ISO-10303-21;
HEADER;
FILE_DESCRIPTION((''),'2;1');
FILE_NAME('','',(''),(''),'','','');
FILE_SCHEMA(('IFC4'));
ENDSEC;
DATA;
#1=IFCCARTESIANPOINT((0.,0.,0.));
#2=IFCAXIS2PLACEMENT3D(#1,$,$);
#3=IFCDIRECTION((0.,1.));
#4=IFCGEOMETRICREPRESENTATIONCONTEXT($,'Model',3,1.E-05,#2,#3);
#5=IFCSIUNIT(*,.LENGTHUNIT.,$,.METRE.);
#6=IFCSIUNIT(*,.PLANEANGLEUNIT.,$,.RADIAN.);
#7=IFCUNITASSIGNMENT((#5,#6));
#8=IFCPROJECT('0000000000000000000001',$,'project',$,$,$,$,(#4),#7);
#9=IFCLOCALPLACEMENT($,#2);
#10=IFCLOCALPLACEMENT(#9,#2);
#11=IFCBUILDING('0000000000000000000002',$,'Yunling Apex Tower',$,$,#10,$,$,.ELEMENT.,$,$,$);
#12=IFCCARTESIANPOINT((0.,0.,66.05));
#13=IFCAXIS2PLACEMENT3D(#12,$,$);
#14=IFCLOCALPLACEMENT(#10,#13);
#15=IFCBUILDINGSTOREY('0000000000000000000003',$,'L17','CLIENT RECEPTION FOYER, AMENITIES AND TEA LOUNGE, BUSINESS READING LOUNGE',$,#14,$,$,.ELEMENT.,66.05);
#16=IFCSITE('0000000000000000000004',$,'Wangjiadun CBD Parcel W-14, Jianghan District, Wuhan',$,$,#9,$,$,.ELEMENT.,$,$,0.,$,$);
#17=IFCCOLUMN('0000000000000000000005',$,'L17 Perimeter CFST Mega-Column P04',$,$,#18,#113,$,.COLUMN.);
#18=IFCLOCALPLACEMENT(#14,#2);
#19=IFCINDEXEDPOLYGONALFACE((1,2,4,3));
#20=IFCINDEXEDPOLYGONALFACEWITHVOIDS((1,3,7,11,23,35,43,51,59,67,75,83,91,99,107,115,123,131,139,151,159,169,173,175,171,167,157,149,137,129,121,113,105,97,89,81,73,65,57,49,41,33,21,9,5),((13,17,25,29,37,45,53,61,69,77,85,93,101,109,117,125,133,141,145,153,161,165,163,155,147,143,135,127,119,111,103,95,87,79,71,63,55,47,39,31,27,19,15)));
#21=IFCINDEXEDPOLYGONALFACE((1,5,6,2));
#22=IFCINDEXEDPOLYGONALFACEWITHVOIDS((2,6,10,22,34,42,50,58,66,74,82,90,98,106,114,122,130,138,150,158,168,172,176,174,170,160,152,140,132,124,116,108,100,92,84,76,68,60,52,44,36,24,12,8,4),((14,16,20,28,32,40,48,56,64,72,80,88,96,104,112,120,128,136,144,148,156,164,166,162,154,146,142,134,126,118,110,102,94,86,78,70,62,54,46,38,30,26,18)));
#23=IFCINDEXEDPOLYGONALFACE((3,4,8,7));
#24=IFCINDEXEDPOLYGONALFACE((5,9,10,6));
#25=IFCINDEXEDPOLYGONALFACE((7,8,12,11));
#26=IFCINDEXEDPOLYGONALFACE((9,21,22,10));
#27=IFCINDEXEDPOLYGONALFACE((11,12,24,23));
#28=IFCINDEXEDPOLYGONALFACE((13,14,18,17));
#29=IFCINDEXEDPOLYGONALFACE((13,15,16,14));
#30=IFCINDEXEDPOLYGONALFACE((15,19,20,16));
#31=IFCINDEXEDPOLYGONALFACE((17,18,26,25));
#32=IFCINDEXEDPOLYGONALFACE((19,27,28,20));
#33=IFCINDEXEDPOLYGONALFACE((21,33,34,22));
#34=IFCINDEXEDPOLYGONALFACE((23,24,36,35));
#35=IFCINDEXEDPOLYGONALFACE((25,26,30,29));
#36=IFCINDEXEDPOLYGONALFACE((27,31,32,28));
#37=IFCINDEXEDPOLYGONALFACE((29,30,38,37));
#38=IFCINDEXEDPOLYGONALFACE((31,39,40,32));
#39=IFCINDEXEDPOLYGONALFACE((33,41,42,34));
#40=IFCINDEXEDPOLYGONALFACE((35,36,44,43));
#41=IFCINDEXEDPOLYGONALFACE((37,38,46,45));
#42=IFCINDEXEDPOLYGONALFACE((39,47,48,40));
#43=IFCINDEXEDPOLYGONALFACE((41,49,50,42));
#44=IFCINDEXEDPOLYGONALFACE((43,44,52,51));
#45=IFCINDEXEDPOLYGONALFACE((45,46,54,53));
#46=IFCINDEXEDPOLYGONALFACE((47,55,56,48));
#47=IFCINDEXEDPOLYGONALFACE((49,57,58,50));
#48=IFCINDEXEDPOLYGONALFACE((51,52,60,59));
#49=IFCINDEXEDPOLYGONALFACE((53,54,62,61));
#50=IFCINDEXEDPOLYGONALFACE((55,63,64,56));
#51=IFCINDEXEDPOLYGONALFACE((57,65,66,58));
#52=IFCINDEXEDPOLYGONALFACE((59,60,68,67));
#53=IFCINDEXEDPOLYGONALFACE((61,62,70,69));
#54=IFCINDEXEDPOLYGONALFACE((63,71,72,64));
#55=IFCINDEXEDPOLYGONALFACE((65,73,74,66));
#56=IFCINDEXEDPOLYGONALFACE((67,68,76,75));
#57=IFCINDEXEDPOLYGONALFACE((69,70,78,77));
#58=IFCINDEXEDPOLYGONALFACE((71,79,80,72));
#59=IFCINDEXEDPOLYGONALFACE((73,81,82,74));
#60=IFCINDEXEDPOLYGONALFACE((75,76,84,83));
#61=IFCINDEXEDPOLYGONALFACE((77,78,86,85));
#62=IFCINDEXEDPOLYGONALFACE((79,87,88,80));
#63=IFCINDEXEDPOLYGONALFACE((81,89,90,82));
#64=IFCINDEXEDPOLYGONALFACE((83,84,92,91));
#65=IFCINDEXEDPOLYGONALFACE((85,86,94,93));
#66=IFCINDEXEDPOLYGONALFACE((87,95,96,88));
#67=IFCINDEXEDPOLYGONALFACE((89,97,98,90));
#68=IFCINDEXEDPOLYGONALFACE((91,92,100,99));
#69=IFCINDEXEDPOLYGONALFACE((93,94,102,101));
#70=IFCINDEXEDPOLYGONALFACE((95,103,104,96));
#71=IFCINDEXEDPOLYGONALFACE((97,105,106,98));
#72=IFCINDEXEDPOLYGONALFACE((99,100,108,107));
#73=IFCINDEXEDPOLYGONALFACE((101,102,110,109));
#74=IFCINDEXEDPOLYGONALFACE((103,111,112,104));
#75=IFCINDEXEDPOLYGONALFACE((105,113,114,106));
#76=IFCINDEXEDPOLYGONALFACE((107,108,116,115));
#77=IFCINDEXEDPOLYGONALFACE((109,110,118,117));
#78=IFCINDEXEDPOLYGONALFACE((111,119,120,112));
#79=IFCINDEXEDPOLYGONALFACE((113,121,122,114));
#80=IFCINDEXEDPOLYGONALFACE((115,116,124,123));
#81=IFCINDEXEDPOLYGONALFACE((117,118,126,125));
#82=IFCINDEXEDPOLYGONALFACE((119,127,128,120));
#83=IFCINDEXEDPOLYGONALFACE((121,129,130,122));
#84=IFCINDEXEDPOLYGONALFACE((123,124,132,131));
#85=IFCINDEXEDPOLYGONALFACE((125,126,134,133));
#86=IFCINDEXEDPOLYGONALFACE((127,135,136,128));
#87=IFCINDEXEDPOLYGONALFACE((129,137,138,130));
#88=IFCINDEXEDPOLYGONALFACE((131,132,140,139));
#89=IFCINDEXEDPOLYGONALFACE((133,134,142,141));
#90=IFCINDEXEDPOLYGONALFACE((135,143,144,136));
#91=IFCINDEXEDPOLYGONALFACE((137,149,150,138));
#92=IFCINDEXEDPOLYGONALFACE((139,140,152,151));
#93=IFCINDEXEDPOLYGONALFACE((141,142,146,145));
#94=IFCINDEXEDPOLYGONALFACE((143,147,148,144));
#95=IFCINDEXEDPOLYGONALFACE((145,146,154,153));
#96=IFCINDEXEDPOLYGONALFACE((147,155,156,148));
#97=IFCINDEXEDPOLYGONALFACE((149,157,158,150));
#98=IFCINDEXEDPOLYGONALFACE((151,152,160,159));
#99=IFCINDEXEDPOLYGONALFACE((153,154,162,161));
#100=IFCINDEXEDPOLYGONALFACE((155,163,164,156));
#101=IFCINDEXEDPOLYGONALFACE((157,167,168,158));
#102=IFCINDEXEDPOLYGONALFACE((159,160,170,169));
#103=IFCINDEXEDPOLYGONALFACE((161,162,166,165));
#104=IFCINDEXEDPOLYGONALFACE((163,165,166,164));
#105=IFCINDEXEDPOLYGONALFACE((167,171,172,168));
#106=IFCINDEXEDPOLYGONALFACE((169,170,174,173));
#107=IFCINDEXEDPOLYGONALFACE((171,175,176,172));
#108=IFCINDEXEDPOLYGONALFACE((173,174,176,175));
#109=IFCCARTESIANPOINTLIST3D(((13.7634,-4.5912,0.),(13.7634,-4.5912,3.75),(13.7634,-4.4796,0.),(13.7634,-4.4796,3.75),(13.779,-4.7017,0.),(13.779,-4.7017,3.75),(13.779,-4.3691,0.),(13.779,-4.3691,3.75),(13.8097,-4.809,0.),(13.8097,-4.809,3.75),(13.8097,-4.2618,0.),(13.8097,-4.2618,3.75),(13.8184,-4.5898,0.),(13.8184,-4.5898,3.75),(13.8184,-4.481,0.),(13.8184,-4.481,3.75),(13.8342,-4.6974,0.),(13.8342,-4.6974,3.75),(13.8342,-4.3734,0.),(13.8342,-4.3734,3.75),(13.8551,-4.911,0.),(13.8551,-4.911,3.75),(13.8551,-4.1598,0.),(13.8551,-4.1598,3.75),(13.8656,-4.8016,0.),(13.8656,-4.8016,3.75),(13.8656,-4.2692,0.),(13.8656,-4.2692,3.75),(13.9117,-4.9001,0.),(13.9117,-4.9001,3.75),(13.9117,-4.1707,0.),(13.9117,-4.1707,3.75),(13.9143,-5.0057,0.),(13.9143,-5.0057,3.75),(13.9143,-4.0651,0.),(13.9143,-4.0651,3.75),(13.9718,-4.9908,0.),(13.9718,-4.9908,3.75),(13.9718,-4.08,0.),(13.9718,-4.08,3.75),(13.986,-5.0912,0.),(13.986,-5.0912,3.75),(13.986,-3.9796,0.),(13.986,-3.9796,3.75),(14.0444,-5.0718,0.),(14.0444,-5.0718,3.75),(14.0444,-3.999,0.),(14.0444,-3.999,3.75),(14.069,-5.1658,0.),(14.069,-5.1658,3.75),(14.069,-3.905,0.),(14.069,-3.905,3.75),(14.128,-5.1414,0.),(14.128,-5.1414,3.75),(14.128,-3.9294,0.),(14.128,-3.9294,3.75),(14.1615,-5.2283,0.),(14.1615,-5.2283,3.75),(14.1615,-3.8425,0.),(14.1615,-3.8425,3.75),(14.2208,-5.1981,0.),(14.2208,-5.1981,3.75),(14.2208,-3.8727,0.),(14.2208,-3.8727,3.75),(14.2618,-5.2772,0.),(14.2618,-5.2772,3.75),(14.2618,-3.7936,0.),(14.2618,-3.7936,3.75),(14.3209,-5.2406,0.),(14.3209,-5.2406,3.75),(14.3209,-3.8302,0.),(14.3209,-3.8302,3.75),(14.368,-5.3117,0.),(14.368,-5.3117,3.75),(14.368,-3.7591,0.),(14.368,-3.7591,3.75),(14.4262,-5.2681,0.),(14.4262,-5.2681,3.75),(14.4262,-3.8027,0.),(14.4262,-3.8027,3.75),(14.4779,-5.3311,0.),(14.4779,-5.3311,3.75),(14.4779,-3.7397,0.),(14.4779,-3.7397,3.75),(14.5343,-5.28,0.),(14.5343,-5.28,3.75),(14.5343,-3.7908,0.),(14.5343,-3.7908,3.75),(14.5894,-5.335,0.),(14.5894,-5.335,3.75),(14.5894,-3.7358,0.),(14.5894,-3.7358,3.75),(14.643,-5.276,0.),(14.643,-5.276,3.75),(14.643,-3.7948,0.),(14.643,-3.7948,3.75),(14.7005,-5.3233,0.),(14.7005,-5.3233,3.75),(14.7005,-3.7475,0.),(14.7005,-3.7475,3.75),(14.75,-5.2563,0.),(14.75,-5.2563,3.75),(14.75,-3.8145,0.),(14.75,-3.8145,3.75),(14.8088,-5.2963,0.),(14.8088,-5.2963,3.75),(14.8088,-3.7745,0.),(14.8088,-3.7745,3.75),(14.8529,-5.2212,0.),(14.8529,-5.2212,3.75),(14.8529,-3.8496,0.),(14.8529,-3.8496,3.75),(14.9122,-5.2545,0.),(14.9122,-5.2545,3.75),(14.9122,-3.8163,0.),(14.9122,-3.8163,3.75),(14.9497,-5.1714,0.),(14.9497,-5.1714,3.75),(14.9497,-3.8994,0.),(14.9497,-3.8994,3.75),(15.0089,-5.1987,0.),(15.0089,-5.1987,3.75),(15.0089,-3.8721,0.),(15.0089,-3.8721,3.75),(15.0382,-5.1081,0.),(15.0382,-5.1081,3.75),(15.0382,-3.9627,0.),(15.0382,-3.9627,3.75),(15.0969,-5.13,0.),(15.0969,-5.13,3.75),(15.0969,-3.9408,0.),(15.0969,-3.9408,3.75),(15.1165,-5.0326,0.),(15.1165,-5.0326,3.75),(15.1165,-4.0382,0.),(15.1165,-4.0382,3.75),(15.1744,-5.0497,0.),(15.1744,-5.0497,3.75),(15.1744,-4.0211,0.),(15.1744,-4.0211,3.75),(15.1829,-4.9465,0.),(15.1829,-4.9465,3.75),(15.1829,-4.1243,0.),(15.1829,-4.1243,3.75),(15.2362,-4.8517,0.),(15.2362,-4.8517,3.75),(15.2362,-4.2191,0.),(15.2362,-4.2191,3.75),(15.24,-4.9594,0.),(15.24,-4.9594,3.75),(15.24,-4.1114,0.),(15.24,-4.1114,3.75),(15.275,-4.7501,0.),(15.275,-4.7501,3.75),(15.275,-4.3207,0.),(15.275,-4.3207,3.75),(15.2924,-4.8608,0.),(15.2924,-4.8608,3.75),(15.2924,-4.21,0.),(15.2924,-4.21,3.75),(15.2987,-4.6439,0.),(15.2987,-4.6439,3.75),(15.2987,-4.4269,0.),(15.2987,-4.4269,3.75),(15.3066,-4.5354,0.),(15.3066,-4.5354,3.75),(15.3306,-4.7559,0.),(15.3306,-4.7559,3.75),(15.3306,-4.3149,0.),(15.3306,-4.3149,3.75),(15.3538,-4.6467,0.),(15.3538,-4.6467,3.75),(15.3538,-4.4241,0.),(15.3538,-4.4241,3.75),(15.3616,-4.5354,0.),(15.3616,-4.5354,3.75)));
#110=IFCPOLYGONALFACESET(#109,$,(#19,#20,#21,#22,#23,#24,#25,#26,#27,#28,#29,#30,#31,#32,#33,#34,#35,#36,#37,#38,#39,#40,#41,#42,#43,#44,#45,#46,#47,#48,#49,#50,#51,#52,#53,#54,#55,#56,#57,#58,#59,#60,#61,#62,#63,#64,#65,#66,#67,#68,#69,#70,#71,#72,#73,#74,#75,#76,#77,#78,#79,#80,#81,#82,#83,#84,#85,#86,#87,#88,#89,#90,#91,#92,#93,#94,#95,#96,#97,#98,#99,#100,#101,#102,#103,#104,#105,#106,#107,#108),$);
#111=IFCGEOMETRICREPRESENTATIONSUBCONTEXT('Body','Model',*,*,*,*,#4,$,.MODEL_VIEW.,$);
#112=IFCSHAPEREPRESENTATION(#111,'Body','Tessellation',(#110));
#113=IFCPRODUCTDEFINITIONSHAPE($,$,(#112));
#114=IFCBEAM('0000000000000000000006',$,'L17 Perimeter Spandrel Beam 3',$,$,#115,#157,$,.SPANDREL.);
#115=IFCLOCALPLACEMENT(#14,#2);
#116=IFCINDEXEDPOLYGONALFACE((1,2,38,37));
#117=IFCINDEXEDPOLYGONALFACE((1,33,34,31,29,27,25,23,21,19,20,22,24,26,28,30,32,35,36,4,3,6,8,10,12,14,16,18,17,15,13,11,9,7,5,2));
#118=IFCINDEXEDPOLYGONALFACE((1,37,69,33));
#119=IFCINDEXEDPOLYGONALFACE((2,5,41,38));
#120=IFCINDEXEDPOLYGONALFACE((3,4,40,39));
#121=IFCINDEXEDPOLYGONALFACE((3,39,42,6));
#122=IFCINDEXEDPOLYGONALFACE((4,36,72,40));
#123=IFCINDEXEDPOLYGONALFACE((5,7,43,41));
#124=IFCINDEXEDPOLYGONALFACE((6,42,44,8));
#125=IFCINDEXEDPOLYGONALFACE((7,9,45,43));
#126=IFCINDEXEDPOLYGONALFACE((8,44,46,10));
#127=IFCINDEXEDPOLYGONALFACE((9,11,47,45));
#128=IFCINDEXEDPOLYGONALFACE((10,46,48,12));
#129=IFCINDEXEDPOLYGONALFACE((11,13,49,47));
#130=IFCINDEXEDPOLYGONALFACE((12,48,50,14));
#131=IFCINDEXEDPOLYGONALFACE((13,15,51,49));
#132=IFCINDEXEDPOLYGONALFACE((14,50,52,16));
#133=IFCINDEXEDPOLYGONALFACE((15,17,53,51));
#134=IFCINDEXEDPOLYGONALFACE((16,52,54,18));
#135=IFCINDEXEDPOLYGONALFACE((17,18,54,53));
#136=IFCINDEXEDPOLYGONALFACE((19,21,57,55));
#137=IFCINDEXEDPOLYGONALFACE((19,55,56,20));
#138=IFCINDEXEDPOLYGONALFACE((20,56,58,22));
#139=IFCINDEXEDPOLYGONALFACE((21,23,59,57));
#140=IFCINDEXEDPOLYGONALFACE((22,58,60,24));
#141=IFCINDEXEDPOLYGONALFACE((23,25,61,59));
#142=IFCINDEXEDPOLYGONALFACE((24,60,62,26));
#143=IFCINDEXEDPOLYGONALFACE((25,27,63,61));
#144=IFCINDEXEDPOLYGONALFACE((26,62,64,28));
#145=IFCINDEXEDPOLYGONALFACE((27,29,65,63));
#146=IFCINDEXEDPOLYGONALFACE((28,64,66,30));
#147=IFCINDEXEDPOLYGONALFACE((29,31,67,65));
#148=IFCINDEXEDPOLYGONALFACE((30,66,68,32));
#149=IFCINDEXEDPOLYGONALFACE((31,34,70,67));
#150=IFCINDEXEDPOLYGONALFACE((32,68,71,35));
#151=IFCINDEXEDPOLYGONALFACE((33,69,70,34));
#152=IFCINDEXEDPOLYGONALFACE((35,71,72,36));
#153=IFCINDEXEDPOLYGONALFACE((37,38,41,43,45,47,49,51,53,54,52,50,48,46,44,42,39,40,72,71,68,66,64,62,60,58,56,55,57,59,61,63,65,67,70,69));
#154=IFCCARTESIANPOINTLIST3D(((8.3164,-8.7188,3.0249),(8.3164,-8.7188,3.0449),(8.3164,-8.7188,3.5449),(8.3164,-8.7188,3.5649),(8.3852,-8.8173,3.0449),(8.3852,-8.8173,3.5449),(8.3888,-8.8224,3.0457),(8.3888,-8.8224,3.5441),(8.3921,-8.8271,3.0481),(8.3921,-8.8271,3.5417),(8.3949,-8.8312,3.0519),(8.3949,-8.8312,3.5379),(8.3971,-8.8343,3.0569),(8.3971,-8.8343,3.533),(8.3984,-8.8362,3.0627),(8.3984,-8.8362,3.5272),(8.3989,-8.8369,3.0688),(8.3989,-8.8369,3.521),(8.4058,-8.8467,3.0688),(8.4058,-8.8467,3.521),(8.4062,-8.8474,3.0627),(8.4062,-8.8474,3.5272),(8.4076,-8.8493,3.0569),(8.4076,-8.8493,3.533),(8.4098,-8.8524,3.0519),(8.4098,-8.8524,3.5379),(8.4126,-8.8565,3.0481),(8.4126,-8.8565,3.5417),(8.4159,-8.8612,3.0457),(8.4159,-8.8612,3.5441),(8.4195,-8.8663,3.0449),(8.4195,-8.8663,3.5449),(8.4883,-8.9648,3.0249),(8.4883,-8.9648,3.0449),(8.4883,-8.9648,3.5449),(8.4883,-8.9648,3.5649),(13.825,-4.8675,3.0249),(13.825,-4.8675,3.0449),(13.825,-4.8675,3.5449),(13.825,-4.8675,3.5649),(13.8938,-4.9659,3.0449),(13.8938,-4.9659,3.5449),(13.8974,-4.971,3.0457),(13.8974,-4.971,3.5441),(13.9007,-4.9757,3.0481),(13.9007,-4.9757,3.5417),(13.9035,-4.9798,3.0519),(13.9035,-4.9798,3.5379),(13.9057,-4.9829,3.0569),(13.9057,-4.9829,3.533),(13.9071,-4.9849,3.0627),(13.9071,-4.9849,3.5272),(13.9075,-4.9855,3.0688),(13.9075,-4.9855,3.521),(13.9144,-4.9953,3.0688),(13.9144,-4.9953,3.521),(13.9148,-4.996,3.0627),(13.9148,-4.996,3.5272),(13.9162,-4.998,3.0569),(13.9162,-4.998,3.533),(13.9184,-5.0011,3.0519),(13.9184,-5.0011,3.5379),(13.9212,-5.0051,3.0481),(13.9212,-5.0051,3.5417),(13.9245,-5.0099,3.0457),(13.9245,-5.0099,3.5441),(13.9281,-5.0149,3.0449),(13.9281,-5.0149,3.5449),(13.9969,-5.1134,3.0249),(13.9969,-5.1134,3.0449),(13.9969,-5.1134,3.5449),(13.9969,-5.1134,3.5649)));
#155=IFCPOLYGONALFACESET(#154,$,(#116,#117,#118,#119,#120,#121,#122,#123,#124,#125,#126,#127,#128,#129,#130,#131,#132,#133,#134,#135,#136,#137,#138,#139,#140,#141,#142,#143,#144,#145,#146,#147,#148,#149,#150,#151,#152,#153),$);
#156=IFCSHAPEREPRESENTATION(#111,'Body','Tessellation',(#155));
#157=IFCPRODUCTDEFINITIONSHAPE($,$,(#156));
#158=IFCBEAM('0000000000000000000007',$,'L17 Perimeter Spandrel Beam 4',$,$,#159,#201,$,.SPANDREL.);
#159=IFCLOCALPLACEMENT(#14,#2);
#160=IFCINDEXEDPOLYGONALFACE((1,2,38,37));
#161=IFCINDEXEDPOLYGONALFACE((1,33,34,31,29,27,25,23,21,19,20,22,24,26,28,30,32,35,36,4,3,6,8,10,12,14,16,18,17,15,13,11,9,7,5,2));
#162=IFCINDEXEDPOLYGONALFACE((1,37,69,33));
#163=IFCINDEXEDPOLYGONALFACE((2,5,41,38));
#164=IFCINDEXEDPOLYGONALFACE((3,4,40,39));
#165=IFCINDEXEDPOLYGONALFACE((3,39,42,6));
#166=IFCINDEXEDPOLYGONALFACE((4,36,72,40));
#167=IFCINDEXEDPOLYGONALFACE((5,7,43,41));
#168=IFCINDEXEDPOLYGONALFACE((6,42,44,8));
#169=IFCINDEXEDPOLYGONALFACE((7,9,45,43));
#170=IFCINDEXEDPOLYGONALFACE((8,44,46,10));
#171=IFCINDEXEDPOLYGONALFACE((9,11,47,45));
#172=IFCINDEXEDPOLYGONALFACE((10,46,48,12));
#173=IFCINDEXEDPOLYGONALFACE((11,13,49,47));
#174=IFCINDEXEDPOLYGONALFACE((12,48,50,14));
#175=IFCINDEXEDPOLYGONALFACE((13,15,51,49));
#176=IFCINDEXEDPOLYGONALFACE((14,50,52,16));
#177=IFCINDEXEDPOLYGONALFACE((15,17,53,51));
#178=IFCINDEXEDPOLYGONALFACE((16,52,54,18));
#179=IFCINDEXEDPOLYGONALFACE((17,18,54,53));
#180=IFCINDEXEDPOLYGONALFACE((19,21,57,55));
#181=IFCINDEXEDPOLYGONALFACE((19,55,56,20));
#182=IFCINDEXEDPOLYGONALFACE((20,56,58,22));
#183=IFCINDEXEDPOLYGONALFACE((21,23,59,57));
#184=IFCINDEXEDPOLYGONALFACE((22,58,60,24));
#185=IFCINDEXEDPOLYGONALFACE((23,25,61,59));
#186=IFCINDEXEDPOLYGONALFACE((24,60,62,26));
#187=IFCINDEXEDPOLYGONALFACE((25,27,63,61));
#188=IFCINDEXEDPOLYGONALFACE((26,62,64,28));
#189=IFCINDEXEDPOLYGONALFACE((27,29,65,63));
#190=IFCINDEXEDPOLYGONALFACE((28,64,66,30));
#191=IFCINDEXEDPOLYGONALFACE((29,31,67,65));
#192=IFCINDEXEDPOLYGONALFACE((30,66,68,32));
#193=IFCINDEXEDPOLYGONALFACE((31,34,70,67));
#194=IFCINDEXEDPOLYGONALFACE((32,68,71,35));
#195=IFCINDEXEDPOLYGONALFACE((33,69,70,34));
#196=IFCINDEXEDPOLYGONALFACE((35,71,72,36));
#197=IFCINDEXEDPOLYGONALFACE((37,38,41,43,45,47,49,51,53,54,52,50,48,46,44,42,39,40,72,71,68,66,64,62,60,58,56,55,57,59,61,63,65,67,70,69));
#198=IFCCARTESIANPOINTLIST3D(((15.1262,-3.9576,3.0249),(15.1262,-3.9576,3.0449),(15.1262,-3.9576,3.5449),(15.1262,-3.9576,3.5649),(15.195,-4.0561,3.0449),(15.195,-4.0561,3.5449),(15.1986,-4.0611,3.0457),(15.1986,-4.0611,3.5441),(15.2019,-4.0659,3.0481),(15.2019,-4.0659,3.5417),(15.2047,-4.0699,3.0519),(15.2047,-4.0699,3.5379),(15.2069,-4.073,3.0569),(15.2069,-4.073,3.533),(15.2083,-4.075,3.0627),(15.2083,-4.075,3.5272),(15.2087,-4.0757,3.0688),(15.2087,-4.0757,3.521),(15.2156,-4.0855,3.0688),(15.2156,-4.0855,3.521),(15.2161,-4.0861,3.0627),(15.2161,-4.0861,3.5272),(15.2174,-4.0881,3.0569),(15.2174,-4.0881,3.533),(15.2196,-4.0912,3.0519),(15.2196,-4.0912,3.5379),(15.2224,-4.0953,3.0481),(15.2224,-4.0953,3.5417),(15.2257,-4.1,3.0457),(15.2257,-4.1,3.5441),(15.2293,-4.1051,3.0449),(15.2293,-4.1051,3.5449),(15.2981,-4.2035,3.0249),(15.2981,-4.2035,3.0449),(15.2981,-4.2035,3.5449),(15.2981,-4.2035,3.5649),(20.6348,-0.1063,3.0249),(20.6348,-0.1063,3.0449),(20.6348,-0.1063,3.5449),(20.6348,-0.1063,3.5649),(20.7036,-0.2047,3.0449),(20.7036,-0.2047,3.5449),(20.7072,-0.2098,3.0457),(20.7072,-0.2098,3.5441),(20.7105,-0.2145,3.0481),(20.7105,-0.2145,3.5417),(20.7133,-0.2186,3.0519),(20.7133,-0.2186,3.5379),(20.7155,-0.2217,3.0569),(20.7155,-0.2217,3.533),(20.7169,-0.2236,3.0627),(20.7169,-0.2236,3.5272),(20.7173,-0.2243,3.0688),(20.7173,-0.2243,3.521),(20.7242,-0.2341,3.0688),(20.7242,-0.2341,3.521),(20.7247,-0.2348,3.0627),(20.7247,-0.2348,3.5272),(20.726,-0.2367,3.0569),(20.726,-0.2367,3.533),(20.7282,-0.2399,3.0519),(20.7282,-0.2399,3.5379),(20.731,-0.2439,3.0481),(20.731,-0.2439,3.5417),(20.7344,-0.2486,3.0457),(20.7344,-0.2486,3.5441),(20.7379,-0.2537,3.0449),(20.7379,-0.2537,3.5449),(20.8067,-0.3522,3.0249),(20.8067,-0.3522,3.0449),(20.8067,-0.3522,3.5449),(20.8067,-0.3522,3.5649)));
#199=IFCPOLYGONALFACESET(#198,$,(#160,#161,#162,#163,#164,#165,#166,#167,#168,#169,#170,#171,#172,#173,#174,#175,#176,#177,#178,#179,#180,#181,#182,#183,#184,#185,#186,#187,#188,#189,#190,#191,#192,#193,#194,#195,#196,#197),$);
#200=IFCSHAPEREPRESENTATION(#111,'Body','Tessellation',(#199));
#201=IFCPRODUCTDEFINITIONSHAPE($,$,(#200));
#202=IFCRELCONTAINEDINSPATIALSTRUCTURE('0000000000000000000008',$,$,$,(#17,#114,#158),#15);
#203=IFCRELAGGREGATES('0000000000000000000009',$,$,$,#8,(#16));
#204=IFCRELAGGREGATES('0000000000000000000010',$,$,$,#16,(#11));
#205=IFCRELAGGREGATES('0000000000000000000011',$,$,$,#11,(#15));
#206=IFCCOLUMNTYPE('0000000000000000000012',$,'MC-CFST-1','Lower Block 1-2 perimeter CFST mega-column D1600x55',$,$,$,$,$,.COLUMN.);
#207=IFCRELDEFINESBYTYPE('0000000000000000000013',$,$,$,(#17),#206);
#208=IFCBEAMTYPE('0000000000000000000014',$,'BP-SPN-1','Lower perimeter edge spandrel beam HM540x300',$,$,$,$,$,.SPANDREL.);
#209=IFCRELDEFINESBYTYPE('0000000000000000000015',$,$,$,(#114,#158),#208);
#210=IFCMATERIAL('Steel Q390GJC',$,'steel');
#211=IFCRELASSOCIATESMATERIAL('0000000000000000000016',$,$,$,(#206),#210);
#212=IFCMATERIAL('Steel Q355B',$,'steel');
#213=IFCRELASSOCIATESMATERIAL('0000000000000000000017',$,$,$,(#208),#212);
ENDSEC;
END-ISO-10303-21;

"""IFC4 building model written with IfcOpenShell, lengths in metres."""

from ifc_helpers import new_model, si_unit, direction, frame, origin, origin_2d, place, context, subcontext, project, spatial, hollow_circle, i_section, extrude, source, transform, mapped, material, material_profile, profile_set, type_object, element, save


model = new_model("IFC4")

# Units and contexts
model_context = context("Model", 3, precision=1e-05, world=origin(), true_north=direction((0.0, 1.0)))
body_context = subcontext(model_context, "Body", "Model", "MODEL_VIEW")
ifc_project = project(units=[si_unit("LENGTHUNIT", "METRE"), si_unit("PLANEANGLEUNIT", "RADIAN")], contexts=[model_context])

# Site, building, storey
site_placement = place(None, origin())
site = spatial("IfcSite", under=ifc_project, at=site_placement, Name="Wangjiadun CBD Parcel W-14, Jianghan District, Wuhan", CompositionType="ELEMENT", RefElevation=0.0)
building_placement = place(site_placement, origin())
building = spatial("IfcBuilding", under=site, at=building_placement, Name="Yunling Apex Tower", CompositionType="ELEMENT")
storey_placement = place(building_placement, frame((0.0, 0.0, 66.05)))
storey = spatial("IfcBuildingStorey", under=building, at=storey_placement, Name="L17", Description="CLIENT RECEPTION FOYER, AMENITIES AND TEA LOUNGE, BUSINESS READING LOUNGE", CompositionType="ELEMENT", Elevation=66.05)

# Column
ifc_material_1 = material(Name="Steel Q390GJC", Category="steel")
ifc_material_profile_1 = material_profile(ifc_material_1, hollow_circle(Radius=0.8, WallThickness=0.0549, at=origin_2d()))
ifc_profile_set_1 = profile_set([ifc_material_profile_1], Name="Steel Q390GJC")
column_type = type_object("IfcColumnType", Name="MC-CFST-1", Description="Lower Block 1-2 perimeter CFST mega-column D1600x55", PredefinedType="COLUMN", material=ifc_profile_set_1)
shared_shape_1 = source(origin(), body_context, "Body", "SweptSolid", [
    extrude(hollow_circle(Radius=0.8, WallThickness=0.0549, at=origin_2d()), origin(), (0.0, 0.0, 1.0), 3.75),
])
column_placement = place(storey_placement, frame((14.5615, -4.5354, 0.0), z_axis=(0.0, 0.0, 1.0), x_axis=(1.0, 0.0, 0.0)))
element("IfcColumn", 1, at=column_placement, inside=storey, type_object=column_type, Name="L17 Perimeter CFST Mega-Column P04", PredefinedType="COLUMN", context=body_context, shape_type="MappedRepresentation", body=[
    mapped(shared_shape_1, transform((0.0, 0.0, 0.0), scale=1.0)),
])

# Beams
ifc_material_2 = material(Name="Steel Q355B", Category="steel")
ifc_material_profile_2 = material_profile(ifc_material_2, i_section(OverallWidth=0.3, OverallDepth=0.54, WebThickness=0.012, FlangeThickness=0.02, FilletRadius=0.0239, at=origin_2d()))
ifc_profile_set_2 = profile_set([ifc_material_profile_2], Name="Steel Q355B")
beam_type_1 = type_object("IfcBeamType", Name="BP-SPN-1", Description="Lower perimeter edge spandrel beam HM540x300", PredefinedType="SPANDREL", material=ifc_profile_set_2)
shared_shape_2 = source(origin(), body_context, "Body", "SweptSolid", [
    extrude(i_section(OverallWidth=0.3, OverallDepth=0.54, WebThickness=0.012, FlangeThickness=0.02, FilletRadius=0.0239, at=origin_2d()), origin(), (0.0, 0.0, 1.0), 6.7214),
])
for number, where, z_axis, x_axis, name in (
    (2, (8.4023, -8.8418, 3.2949), (0.819558, 0.572997, 0.0), (-0.572997, 0.819558, 0.0), "L17 Perimeter Spandrel Beam 3"),
    (3, (15.2122, -4.0806, 3.2949), (0.819558, 0.572997, 0.0), (-0.572997, 0.819558, 0.0), "L17 Perimeter Spandrel Beam 4"),
):
    element("IfcBeam", number, at=place(storey_placement, frame(where, z_axis=z_axis, x_axis=x_axis)), inside=storey, type_object=beam_type_1, Name=name, PredefinedType="SPANDREL", context=body_context, shape_type="MappedRepresentation", body=[
        mapped(shared_shape_2, transform((0.0, 0.0, 0.0), scale=1.0)),
    ])

save(model, "model.ifc")
